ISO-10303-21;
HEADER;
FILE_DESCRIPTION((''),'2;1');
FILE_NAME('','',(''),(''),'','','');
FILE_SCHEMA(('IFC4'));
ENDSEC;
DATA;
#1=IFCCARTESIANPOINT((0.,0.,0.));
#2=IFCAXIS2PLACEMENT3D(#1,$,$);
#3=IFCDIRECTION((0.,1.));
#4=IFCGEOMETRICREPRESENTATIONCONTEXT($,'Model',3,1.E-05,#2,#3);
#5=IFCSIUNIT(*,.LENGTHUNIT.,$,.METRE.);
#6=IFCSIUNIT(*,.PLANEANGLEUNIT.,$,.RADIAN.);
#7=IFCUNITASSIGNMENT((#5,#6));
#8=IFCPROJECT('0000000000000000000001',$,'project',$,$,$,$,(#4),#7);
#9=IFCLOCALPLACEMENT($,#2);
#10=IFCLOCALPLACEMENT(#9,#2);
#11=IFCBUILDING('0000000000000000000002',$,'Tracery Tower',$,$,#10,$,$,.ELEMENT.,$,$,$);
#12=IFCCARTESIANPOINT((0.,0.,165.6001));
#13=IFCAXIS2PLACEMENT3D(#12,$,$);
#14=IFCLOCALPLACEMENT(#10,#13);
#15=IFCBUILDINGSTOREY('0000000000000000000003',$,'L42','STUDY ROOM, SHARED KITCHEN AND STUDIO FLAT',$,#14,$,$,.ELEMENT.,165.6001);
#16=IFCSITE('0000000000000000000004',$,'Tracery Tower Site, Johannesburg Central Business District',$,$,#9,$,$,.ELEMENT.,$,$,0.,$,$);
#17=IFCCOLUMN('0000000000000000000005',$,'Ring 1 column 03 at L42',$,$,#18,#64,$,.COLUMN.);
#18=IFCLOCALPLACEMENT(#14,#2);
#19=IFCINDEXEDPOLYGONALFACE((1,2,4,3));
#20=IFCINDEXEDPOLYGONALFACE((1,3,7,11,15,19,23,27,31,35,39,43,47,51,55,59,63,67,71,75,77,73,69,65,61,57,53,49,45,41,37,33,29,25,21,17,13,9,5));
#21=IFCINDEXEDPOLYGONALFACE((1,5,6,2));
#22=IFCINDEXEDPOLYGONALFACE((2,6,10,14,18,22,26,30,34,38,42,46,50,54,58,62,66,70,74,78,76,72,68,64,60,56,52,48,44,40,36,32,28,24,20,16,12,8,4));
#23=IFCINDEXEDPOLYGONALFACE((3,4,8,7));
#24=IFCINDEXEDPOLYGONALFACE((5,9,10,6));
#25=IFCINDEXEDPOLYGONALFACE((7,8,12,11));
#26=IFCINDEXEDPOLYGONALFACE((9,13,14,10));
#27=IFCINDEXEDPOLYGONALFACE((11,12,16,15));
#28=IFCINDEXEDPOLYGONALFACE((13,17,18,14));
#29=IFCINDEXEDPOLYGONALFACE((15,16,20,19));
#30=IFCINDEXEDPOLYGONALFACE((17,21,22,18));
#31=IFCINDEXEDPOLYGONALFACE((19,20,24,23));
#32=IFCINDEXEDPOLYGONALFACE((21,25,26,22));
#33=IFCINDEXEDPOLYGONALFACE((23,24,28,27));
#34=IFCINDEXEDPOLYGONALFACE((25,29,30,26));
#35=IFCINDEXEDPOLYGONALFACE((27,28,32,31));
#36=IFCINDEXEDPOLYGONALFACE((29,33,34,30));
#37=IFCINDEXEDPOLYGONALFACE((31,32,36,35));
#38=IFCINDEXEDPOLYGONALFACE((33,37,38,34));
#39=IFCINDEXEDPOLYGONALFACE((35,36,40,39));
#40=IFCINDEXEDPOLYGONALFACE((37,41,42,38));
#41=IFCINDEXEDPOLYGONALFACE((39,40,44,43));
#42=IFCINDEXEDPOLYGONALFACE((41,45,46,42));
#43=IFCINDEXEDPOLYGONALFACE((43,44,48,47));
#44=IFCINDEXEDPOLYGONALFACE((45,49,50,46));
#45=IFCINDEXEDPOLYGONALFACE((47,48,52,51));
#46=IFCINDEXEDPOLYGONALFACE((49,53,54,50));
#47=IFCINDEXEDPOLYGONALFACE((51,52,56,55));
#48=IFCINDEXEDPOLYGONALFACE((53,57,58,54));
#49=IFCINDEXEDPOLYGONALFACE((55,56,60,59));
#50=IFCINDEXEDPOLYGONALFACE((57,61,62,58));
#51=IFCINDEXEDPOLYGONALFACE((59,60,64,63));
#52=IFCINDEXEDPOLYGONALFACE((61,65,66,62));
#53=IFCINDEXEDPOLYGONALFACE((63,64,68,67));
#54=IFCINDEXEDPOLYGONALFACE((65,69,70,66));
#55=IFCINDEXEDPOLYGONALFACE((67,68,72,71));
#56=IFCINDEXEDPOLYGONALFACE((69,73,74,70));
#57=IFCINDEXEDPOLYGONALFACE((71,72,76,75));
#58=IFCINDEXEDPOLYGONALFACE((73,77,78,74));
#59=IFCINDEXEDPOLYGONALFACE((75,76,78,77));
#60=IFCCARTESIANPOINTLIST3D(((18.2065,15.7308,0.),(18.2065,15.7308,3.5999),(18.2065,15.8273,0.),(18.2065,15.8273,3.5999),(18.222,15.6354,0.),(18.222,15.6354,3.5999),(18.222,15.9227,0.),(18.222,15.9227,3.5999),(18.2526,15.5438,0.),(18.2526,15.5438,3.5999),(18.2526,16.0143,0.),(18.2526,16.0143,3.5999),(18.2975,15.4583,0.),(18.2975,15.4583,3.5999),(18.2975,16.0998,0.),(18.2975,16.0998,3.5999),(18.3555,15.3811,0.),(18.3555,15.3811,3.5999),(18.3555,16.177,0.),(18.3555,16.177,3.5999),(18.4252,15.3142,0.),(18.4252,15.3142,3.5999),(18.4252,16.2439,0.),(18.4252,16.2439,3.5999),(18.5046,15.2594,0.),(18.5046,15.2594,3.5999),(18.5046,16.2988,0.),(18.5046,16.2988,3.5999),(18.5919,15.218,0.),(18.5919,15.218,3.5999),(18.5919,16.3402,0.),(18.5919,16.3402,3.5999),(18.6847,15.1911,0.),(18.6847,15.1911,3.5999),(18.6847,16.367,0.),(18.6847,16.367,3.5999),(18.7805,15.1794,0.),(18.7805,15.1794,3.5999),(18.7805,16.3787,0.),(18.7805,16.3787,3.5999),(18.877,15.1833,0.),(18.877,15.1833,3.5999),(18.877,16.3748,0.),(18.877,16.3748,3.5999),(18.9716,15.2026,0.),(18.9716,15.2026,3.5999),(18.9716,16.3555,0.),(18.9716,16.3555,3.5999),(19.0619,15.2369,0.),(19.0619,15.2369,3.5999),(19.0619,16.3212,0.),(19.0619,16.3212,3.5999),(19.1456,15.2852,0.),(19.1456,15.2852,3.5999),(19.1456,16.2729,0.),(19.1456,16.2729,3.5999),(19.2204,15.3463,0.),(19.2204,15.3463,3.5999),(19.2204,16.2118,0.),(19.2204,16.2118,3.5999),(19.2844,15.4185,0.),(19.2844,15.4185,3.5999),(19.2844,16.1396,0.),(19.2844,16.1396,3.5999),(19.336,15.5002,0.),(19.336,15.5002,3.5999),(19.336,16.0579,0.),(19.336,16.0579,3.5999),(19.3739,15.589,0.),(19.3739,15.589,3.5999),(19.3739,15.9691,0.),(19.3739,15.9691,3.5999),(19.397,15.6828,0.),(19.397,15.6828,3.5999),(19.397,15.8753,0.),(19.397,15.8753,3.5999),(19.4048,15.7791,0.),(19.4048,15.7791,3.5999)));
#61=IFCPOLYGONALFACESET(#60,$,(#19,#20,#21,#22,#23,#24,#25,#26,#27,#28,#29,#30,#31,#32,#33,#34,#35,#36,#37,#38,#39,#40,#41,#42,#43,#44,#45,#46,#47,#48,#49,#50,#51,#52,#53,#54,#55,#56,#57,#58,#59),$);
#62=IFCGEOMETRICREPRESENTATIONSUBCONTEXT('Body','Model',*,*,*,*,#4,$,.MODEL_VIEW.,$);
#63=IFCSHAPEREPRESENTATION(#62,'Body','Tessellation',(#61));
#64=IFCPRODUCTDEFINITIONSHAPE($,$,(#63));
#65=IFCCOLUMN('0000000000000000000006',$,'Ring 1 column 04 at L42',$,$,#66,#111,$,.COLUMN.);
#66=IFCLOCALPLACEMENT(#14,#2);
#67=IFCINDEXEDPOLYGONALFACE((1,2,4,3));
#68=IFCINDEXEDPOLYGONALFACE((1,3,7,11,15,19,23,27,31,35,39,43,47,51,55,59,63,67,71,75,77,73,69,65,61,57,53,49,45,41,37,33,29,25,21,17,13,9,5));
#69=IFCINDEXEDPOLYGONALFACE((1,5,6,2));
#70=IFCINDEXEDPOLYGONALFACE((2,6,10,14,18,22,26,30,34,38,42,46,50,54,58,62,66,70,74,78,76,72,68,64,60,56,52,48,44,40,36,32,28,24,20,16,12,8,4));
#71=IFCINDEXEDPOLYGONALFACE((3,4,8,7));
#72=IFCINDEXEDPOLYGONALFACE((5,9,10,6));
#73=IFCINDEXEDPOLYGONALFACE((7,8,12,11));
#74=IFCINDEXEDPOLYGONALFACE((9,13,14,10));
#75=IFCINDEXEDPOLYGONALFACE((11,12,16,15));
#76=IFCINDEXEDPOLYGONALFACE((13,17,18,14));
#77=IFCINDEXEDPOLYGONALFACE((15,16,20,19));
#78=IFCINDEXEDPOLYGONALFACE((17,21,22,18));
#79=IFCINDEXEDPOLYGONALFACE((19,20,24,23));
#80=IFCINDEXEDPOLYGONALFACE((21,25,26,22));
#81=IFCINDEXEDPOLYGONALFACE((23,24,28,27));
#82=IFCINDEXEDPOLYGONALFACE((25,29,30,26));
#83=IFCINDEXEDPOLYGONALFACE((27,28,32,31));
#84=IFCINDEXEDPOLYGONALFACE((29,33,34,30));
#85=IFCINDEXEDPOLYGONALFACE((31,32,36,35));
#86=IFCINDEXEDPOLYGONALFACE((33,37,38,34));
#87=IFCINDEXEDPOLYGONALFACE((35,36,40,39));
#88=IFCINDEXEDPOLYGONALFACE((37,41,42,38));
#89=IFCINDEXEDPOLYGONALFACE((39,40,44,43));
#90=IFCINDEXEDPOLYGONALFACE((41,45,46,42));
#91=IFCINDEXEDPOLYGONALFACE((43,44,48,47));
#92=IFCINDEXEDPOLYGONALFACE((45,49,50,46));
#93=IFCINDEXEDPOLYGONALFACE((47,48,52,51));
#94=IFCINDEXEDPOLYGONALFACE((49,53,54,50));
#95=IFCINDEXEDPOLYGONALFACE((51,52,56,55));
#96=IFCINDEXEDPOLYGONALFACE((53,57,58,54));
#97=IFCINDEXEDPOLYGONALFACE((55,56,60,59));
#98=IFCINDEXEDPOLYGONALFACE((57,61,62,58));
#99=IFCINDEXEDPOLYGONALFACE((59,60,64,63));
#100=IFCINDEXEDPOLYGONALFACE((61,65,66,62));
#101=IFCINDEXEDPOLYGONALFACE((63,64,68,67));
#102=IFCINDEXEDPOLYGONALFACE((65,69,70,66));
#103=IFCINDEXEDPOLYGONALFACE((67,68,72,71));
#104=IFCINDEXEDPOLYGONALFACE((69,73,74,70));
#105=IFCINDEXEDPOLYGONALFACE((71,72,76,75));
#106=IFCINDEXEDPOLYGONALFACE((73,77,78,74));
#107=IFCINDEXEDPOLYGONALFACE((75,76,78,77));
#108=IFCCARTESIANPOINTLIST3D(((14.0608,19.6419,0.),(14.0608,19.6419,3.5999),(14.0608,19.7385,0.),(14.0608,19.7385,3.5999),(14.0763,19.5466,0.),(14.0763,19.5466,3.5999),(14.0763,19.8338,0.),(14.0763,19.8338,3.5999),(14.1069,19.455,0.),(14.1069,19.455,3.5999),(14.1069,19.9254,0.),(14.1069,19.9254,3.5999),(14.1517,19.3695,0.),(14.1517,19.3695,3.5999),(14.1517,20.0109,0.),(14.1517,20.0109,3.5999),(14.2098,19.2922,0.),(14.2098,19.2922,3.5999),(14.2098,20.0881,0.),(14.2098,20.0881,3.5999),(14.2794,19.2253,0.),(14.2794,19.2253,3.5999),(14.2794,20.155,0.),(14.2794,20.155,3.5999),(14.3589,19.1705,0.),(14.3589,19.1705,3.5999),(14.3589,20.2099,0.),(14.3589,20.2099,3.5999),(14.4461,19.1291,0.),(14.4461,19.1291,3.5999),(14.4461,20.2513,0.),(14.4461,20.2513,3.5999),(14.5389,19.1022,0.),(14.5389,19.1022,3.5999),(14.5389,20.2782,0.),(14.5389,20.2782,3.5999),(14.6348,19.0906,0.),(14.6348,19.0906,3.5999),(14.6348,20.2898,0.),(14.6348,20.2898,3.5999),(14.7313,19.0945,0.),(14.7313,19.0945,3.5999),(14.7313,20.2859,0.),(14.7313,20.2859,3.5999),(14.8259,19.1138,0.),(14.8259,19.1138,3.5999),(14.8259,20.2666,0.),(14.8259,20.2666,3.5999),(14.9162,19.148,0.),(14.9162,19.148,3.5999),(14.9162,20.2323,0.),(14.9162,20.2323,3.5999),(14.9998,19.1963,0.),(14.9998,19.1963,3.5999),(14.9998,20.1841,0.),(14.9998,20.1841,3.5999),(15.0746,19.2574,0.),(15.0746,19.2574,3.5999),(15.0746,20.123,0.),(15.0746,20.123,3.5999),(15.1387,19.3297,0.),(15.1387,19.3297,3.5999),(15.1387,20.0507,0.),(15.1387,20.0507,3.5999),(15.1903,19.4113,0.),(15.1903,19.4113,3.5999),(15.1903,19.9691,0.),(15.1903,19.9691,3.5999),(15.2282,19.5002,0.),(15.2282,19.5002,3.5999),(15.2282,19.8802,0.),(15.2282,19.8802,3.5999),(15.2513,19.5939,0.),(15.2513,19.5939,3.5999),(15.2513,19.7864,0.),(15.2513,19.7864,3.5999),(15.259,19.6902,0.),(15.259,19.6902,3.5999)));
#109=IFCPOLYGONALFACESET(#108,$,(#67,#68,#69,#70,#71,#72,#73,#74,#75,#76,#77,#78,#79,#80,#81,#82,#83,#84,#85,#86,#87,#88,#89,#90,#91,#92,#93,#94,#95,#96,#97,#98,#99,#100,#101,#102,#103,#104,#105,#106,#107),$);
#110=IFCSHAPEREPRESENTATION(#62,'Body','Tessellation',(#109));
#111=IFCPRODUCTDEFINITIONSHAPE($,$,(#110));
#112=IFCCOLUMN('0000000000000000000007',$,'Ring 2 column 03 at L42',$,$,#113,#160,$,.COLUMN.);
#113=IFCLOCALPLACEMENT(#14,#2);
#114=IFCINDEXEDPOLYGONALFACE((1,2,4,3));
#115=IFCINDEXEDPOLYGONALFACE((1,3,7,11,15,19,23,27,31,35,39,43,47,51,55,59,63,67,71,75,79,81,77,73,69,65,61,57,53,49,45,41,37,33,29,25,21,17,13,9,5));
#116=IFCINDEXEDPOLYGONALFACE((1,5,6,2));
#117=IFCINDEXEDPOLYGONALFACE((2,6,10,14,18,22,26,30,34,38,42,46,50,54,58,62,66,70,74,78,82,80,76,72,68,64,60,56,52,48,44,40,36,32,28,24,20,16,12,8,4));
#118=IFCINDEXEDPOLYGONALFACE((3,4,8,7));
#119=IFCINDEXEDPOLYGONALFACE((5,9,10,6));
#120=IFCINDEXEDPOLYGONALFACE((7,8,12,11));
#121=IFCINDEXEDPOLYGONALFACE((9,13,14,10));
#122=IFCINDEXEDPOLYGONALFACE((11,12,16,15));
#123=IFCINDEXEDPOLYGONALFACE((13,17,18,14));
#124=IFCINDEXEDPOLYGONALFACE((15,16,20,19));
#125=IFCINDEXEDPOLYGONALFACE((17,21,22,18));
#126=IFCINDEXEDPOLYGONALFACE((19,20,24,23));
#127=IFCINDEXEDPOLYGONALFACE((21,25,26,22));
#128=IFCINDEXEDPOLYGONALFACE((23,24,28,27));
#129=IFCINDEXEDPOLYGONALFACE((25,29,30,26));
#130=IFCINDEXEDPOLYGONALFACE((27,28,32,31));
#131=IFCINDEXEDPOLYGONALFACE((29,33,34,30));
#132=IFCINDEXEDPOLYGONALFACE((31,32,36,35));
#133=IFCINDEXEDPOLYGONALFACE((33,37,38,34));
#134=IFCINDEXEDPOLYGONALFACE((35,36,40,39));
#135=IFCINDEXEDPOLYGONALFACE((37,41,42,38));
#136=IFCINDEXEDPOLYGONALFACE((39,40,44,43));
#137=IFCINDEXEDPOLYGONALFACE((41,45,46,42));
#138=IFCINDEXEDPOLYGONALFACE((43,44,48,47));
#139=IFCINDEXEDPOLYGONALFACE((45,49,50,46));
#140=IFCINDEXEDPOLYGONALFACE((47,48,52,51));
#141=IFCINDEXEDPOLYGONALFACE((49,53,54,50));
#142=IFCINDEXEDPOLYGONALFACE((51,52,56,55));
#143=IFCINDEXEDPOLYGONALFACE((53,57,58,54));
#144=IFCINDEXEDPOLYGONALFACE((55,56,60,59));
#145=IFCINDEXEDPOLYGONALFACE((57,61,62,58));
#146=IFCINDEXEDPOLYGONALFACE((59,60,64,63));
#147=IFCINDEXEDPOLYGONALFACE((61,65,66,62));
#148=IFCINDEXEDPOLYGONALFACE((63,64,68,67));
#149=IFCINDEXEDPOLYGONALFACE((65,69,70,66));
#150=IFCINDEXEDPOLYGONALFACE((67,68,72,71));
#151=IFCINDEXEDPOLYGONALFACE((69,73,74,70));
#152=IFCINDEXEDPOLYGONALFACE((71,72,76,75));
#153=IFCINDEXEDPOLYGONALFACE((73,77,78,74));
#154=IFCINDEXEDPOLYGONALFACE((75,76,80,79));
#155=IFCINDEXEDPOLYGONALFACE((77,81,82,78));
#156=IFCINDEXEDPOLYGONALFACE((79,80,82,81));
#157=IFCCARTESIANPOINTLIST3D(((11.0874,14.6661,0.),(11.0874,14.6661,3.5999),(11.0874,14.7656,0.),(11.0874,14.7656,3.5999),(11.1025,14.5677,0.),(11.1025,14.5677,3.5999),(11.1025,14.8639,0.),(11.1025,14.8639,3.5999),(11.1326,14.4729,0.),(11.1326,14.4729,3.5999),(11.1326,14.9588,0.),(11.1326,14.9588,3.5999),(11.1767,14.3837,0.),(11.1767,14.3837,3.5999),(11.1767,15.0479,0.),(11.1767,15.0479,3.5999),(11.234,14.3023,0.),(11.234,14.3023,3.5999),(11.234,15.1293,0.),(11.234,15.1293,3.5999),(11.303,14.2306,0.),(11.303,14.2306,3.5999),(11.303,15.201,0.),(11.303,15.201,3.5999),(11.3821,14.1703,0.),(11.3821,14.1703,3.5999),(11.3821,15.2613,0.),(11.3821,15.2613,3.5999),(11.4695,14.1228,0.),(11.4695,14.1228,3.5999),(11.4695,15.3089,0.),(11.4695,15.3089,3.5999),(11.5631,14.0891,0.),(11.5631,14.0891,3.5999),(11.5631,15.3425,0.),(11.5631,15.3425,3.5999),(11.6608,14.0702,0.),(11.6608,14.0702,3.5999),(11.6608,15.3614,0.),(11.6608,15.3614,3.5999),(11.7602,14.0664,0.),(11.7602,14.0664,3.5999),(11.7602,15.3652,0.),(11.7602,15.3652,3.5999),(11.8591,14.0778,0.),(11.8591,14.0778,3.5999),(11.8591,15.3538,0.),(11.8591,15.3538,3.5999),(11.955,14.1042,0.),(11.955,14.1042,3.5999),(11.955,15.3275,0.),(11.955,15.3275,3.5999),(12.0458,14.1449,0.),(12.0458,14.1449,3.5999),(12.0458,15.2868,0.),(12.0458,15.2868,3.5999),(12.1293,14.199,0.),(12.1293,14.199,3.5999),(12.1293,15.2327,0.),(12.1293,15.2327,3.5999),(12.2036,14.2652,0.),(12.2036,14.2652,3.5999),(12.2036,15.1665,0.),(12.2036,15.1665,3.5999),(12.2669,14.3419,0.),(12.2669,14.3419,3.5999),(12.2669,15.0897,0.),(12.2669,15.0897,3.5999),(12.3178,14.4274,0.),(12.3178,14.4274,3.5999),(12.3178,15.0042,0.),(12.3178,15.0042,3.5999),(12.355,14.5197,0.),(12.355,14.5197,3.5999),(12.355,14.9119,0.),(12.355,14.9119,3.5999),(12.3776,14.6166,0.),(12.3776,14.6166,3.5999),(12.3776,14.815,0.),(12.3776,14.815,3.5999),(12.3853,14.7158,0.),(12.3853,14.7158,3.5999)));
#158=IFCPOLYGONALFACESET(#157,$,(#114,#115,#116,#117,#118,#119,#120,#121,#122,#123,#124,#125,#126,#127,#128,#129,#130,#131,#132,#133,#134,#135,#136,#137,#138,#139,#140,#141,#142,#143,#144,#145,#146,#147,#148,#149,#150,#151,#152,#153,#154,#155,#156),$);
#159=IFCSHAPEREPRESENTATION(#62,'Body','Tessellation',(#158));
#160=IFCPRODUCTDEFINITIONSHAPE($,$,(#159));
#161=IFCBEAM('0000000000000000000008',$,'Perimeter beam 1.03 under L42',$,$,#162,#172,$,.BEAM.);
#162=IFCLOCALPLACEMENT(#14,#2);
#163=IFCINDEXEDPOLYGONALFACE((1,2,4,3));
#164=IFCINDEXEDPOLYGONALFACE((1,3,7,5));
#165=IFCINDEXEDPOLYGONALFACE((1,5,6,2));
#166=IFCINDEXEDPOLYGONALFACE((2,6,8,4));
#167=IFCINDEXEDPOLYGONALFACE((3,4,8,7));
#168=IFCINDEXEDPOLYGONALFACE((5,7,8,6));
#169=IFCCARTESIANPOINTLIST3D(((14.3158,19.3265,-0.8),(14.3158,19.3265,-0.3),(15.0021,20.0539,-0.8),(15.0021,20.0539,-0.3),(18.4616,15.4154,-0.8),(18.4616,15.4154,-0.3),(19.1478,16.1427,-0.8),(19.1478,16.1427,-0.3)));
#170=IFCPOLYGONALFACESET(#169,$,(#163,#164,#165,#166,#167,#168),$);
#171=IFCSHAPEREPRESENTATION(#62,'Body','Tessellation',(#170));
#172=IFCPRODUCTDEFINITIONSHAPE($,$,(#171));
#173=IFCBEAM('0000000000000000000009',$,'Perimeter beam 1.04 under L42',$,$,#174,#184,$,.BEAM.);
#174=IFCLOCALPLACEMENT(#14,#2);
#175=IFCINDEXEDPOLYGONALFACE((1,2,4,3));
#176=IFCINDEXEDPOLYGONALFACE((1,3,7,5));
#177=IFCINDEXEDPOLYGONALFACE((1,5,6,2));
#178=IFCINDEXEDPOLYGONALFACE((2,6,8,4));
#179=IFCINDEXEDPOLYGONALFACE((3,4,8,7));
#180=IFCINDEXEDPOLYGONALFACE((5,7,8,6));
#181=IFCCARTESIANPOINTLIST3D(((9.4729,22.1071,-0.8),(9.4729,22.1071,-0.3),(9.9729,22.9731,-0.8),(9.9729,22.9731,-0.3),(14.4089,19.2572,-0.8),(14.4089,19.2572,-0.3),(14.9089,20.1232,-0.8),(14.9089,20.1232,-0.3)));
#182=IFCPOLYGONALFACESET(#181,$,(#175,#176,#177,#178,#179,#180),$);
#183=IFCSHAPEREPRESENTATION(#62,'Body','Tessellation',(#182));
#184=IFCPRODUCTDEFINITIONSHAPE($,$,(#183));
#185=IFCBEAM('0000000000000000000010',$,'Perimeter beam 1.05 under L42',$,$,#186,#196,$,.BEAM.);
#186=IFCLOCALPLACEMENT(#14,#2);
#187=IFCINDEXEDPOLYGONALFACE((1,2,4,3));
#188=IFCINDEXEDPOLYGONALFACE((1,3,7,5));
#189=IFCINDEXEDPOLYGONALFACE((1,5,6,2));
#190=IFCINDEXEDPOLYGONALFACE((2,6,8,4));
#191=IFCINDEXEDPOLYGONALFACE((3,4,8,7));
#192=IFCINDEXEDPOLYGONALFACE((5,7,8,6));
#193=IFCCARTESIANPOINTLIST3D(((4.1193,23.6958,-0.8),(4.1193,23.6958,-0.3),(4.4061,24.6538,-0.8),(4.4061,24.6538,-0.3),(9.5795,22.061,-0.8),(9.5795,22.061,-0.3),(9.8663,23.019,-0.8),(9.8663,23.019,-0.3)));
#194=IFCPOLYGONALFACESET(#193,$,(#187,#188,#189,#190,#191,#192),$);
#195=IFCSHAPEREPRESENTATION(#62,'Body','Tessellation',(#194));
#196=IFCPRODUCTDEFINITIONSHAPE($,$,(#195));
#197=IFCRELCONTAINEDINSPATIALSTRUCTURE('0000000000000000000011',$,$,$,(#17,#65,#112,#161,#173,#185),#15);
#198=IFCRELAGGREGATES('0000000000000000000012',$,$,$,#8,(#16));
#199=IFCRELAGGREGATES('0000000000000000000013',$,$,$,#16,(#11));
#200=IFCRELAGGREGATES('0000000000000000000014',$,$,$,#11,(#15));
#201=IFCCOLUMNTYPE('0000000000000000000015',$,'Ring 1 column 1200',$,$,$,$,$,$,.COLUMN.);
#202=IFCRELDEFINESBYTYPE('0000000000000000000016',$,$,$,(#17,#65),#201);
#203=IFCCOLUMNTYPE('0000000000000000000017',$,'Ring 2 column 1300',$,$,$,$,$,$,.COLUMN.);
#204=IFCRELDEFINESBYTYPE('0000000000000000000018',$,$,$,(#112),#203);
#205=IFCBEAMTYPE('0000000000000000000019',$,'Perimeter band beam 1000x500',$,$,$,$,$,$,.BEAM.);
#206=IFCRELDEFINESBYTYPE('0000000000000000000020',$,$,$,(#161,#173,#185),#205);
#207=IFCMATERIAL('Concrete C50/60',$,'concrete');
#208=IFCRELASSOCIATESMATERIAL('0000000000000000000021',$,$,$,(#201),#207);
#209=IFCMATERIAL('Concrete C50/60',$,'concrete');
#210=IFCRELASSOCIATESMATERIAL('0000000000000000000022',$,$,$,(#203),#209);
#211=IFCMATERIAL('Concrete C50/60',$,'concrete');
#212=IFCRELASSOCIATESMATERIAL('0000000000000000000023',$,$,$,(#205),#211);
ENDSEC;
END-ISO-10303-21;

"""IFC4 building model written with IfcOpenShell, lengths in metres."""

from ifc_helpers import new_model, si_unit, direction, frame, origin, origin_2d, place, context, subcontext, project, spatial, rectangle, circle, extrude, material, material_profile, profile_set, type_object, element, save


model = new_model("IFC4")

# Units and contexts
model_context = context("Model", 3, precision=1e-05, world=origin(), true_north=direction((0.0, 1.0)))
body_context = subcontext(model_context, "Body", "Model", "MODEL_VIEW")
ifc_project = project(units=[si_unit("LENGTHUNIT", "METRE"), si_unit("PLANEANGLEUNIT", "RADIAN")], contexts=[model_context])

# Site, building, storey
site_placement = place(None, origin())
site = spatial("IfcSite", under=ifc_project, at=site_placement, Name="Tracery Tower Site, Johannesburg Central Business District", CompositionType="ELEMENT", RefElevation=0.0)
building_placement = place(site_placement, origin())
building = spatial("IfcBuilding", under=site, at=building_placement, Name="Tracery Tower", CompositionType="ELEMENT")
storey_placement = place(building_placement, frame((0.0, 0.0, 165.6001)))
storey = spatial("IfcBuildingStorey", under=building, at=storey_placement, Name="L42", Description="STUDY ROOM, SHARED KITCHEN AND STUDIO FLAT", CompositionType="ELEMENT", Elevation=165.6001)

# Columns
ifc_material_1 = material(Name="Concrete C50/60", Category="concrete")
ifc_material_profile_1 = material_profile(ifc_material_1, circle(Radius=0.6001, at=origin_2d()), Name="RC D1200")
ifc_profile_set_1 = profile_set([ifc_material_profile_1], Name="Concrete C50/60")
column_type_1 = type_object("IfcColumnType", Name="Ring 1 column 1200", PredefinedType="COLUMN", material=ifc_profile_set_1)
for number, where, z_axis, x_axis, name in (
    (1, (18.8047, 15.7791, 0.0), (0.0, 0.0, 1.0), (1.0, 0.0, 0.0), "Ring 1 column 03 at L42"),
    (2, (14.6589, 19.6902, 0.0), (0.0, 0.0, 1.0), (1.0, 0.0, 0.0), "Ring 1 column 04 at L42"),
):
    element("IfcColumn", number, at=place(storey_placement, frame(where, z_axis=z_axis, x_axis=x_axis)), inside=storey, type_object=column_type_1, Name=name, PredefinedType="COLUMN", context=body_context, shape_type="SweptSolid", body=[
        extrude(circle(Radius=0.6001, at=origin_2d()), origin(), (0.0, 0.0, 1.0), 3.5999),
    ])
ifc_material_2 = material(Name="Concrete C50/60", Category="concrete")
ifc_material_profile_2 = material_profile(ifc_material_2, circle(Radius=0.6499, at=origin_2d()), Name="RC D1300")
ifc_profile_set_2 = profile_set([ifc_material_profile_2], Name="Concrete C50/60")
column_type_2 = type_object("IfcColumnType", Name="Ring 2 column 1300", PredefinedType="COLUMN", material=ifc_profile_set_2)
column_placement = place(storey_placement, frame((11.7354, 14.7158, 0.0), z_axis=(0.0, 0.0, 1.0), x_axis=(1.0, 0.0, 0.0)))
element("IfcColumn", 3, at=column_placement, inside=storey, type_object=column_type_2, Name="Ring 2 column 03 at L42", PredefinedType="COLUMN", context=body_context, shape_type="SweptSolid", body=[
    extrude(circle(Radius=0.6499, at=origin_2d()), origin(), (0.0, 0.0, 1.0), 3.5999),
])

# Beams
ifc_material_3 = material(Name="Concrete C50/60", Category="concrete")
ifc_material_profile_3 = material_profile(ifc_material_3, rectangle(XDim=1.0, YDim=0.5, at=origin_2d()), Name="RC 1000x500")
ifc_profile_set_3 = profile_set([ifc_material_profile_3], Name="Concrete C50/60")
beam_type = type_object("IfcBeamType", Name="Perimeter band beam 1000x500", PredefinedType="BEAM", material=ifc_profile_set_3)
beam_placement = place(storey_placement, frame((18.8047, 15.7791, -0.55), z_axis=(-0.72739, 0.686225, 0.0), x_axis=(-0.686225, -0.72739, 0.0)))
element("IfcBeam", 4, at=beam_placement, inside=storey, type_object=beam_type, Name="Perimeter beam 1.03 under L42", PredefinedType="BEAM", context=body_context, shape_type="SweptSolid", body=[
    extrude(rectangle(XDim=1.0, YDim=0.5, at=origin_2d()), origin(), (0.0, 0.0, 1.0), 5.6995),
])
for number, where, z_axis, x_axis, name in (
    (5, (14.6589, 19.6902, -0.55), (-0.866023, 0.500004, 0.0), (-0.500004, -0.866023, 0.0), "Perimeter beam 1.04 under L42"),
    (6, (9.7229, 22.54, -0.55), (-0.957985, 0.286817, 0.0), (-0.286817, -0.957985, 0.0), "Perimeter beam 1.05 under L42"),
):
    element("IfcBeam", number, at=place(storey_placement, frame(where, z_axis=z_axis, x_axis=x_axis)), inside=storey, type_object=beam_type, Name=name, PredefinedType="BEAM", context=body_context, shape_type="SweptSolid", body=[
        extrude(rectangle(XDim=1.0, YDim=0.5, at=origin_2d()), origin(), (0.0, 0.0, 1.0), 5.6997),
    ])

save(model, "model.ifc")
